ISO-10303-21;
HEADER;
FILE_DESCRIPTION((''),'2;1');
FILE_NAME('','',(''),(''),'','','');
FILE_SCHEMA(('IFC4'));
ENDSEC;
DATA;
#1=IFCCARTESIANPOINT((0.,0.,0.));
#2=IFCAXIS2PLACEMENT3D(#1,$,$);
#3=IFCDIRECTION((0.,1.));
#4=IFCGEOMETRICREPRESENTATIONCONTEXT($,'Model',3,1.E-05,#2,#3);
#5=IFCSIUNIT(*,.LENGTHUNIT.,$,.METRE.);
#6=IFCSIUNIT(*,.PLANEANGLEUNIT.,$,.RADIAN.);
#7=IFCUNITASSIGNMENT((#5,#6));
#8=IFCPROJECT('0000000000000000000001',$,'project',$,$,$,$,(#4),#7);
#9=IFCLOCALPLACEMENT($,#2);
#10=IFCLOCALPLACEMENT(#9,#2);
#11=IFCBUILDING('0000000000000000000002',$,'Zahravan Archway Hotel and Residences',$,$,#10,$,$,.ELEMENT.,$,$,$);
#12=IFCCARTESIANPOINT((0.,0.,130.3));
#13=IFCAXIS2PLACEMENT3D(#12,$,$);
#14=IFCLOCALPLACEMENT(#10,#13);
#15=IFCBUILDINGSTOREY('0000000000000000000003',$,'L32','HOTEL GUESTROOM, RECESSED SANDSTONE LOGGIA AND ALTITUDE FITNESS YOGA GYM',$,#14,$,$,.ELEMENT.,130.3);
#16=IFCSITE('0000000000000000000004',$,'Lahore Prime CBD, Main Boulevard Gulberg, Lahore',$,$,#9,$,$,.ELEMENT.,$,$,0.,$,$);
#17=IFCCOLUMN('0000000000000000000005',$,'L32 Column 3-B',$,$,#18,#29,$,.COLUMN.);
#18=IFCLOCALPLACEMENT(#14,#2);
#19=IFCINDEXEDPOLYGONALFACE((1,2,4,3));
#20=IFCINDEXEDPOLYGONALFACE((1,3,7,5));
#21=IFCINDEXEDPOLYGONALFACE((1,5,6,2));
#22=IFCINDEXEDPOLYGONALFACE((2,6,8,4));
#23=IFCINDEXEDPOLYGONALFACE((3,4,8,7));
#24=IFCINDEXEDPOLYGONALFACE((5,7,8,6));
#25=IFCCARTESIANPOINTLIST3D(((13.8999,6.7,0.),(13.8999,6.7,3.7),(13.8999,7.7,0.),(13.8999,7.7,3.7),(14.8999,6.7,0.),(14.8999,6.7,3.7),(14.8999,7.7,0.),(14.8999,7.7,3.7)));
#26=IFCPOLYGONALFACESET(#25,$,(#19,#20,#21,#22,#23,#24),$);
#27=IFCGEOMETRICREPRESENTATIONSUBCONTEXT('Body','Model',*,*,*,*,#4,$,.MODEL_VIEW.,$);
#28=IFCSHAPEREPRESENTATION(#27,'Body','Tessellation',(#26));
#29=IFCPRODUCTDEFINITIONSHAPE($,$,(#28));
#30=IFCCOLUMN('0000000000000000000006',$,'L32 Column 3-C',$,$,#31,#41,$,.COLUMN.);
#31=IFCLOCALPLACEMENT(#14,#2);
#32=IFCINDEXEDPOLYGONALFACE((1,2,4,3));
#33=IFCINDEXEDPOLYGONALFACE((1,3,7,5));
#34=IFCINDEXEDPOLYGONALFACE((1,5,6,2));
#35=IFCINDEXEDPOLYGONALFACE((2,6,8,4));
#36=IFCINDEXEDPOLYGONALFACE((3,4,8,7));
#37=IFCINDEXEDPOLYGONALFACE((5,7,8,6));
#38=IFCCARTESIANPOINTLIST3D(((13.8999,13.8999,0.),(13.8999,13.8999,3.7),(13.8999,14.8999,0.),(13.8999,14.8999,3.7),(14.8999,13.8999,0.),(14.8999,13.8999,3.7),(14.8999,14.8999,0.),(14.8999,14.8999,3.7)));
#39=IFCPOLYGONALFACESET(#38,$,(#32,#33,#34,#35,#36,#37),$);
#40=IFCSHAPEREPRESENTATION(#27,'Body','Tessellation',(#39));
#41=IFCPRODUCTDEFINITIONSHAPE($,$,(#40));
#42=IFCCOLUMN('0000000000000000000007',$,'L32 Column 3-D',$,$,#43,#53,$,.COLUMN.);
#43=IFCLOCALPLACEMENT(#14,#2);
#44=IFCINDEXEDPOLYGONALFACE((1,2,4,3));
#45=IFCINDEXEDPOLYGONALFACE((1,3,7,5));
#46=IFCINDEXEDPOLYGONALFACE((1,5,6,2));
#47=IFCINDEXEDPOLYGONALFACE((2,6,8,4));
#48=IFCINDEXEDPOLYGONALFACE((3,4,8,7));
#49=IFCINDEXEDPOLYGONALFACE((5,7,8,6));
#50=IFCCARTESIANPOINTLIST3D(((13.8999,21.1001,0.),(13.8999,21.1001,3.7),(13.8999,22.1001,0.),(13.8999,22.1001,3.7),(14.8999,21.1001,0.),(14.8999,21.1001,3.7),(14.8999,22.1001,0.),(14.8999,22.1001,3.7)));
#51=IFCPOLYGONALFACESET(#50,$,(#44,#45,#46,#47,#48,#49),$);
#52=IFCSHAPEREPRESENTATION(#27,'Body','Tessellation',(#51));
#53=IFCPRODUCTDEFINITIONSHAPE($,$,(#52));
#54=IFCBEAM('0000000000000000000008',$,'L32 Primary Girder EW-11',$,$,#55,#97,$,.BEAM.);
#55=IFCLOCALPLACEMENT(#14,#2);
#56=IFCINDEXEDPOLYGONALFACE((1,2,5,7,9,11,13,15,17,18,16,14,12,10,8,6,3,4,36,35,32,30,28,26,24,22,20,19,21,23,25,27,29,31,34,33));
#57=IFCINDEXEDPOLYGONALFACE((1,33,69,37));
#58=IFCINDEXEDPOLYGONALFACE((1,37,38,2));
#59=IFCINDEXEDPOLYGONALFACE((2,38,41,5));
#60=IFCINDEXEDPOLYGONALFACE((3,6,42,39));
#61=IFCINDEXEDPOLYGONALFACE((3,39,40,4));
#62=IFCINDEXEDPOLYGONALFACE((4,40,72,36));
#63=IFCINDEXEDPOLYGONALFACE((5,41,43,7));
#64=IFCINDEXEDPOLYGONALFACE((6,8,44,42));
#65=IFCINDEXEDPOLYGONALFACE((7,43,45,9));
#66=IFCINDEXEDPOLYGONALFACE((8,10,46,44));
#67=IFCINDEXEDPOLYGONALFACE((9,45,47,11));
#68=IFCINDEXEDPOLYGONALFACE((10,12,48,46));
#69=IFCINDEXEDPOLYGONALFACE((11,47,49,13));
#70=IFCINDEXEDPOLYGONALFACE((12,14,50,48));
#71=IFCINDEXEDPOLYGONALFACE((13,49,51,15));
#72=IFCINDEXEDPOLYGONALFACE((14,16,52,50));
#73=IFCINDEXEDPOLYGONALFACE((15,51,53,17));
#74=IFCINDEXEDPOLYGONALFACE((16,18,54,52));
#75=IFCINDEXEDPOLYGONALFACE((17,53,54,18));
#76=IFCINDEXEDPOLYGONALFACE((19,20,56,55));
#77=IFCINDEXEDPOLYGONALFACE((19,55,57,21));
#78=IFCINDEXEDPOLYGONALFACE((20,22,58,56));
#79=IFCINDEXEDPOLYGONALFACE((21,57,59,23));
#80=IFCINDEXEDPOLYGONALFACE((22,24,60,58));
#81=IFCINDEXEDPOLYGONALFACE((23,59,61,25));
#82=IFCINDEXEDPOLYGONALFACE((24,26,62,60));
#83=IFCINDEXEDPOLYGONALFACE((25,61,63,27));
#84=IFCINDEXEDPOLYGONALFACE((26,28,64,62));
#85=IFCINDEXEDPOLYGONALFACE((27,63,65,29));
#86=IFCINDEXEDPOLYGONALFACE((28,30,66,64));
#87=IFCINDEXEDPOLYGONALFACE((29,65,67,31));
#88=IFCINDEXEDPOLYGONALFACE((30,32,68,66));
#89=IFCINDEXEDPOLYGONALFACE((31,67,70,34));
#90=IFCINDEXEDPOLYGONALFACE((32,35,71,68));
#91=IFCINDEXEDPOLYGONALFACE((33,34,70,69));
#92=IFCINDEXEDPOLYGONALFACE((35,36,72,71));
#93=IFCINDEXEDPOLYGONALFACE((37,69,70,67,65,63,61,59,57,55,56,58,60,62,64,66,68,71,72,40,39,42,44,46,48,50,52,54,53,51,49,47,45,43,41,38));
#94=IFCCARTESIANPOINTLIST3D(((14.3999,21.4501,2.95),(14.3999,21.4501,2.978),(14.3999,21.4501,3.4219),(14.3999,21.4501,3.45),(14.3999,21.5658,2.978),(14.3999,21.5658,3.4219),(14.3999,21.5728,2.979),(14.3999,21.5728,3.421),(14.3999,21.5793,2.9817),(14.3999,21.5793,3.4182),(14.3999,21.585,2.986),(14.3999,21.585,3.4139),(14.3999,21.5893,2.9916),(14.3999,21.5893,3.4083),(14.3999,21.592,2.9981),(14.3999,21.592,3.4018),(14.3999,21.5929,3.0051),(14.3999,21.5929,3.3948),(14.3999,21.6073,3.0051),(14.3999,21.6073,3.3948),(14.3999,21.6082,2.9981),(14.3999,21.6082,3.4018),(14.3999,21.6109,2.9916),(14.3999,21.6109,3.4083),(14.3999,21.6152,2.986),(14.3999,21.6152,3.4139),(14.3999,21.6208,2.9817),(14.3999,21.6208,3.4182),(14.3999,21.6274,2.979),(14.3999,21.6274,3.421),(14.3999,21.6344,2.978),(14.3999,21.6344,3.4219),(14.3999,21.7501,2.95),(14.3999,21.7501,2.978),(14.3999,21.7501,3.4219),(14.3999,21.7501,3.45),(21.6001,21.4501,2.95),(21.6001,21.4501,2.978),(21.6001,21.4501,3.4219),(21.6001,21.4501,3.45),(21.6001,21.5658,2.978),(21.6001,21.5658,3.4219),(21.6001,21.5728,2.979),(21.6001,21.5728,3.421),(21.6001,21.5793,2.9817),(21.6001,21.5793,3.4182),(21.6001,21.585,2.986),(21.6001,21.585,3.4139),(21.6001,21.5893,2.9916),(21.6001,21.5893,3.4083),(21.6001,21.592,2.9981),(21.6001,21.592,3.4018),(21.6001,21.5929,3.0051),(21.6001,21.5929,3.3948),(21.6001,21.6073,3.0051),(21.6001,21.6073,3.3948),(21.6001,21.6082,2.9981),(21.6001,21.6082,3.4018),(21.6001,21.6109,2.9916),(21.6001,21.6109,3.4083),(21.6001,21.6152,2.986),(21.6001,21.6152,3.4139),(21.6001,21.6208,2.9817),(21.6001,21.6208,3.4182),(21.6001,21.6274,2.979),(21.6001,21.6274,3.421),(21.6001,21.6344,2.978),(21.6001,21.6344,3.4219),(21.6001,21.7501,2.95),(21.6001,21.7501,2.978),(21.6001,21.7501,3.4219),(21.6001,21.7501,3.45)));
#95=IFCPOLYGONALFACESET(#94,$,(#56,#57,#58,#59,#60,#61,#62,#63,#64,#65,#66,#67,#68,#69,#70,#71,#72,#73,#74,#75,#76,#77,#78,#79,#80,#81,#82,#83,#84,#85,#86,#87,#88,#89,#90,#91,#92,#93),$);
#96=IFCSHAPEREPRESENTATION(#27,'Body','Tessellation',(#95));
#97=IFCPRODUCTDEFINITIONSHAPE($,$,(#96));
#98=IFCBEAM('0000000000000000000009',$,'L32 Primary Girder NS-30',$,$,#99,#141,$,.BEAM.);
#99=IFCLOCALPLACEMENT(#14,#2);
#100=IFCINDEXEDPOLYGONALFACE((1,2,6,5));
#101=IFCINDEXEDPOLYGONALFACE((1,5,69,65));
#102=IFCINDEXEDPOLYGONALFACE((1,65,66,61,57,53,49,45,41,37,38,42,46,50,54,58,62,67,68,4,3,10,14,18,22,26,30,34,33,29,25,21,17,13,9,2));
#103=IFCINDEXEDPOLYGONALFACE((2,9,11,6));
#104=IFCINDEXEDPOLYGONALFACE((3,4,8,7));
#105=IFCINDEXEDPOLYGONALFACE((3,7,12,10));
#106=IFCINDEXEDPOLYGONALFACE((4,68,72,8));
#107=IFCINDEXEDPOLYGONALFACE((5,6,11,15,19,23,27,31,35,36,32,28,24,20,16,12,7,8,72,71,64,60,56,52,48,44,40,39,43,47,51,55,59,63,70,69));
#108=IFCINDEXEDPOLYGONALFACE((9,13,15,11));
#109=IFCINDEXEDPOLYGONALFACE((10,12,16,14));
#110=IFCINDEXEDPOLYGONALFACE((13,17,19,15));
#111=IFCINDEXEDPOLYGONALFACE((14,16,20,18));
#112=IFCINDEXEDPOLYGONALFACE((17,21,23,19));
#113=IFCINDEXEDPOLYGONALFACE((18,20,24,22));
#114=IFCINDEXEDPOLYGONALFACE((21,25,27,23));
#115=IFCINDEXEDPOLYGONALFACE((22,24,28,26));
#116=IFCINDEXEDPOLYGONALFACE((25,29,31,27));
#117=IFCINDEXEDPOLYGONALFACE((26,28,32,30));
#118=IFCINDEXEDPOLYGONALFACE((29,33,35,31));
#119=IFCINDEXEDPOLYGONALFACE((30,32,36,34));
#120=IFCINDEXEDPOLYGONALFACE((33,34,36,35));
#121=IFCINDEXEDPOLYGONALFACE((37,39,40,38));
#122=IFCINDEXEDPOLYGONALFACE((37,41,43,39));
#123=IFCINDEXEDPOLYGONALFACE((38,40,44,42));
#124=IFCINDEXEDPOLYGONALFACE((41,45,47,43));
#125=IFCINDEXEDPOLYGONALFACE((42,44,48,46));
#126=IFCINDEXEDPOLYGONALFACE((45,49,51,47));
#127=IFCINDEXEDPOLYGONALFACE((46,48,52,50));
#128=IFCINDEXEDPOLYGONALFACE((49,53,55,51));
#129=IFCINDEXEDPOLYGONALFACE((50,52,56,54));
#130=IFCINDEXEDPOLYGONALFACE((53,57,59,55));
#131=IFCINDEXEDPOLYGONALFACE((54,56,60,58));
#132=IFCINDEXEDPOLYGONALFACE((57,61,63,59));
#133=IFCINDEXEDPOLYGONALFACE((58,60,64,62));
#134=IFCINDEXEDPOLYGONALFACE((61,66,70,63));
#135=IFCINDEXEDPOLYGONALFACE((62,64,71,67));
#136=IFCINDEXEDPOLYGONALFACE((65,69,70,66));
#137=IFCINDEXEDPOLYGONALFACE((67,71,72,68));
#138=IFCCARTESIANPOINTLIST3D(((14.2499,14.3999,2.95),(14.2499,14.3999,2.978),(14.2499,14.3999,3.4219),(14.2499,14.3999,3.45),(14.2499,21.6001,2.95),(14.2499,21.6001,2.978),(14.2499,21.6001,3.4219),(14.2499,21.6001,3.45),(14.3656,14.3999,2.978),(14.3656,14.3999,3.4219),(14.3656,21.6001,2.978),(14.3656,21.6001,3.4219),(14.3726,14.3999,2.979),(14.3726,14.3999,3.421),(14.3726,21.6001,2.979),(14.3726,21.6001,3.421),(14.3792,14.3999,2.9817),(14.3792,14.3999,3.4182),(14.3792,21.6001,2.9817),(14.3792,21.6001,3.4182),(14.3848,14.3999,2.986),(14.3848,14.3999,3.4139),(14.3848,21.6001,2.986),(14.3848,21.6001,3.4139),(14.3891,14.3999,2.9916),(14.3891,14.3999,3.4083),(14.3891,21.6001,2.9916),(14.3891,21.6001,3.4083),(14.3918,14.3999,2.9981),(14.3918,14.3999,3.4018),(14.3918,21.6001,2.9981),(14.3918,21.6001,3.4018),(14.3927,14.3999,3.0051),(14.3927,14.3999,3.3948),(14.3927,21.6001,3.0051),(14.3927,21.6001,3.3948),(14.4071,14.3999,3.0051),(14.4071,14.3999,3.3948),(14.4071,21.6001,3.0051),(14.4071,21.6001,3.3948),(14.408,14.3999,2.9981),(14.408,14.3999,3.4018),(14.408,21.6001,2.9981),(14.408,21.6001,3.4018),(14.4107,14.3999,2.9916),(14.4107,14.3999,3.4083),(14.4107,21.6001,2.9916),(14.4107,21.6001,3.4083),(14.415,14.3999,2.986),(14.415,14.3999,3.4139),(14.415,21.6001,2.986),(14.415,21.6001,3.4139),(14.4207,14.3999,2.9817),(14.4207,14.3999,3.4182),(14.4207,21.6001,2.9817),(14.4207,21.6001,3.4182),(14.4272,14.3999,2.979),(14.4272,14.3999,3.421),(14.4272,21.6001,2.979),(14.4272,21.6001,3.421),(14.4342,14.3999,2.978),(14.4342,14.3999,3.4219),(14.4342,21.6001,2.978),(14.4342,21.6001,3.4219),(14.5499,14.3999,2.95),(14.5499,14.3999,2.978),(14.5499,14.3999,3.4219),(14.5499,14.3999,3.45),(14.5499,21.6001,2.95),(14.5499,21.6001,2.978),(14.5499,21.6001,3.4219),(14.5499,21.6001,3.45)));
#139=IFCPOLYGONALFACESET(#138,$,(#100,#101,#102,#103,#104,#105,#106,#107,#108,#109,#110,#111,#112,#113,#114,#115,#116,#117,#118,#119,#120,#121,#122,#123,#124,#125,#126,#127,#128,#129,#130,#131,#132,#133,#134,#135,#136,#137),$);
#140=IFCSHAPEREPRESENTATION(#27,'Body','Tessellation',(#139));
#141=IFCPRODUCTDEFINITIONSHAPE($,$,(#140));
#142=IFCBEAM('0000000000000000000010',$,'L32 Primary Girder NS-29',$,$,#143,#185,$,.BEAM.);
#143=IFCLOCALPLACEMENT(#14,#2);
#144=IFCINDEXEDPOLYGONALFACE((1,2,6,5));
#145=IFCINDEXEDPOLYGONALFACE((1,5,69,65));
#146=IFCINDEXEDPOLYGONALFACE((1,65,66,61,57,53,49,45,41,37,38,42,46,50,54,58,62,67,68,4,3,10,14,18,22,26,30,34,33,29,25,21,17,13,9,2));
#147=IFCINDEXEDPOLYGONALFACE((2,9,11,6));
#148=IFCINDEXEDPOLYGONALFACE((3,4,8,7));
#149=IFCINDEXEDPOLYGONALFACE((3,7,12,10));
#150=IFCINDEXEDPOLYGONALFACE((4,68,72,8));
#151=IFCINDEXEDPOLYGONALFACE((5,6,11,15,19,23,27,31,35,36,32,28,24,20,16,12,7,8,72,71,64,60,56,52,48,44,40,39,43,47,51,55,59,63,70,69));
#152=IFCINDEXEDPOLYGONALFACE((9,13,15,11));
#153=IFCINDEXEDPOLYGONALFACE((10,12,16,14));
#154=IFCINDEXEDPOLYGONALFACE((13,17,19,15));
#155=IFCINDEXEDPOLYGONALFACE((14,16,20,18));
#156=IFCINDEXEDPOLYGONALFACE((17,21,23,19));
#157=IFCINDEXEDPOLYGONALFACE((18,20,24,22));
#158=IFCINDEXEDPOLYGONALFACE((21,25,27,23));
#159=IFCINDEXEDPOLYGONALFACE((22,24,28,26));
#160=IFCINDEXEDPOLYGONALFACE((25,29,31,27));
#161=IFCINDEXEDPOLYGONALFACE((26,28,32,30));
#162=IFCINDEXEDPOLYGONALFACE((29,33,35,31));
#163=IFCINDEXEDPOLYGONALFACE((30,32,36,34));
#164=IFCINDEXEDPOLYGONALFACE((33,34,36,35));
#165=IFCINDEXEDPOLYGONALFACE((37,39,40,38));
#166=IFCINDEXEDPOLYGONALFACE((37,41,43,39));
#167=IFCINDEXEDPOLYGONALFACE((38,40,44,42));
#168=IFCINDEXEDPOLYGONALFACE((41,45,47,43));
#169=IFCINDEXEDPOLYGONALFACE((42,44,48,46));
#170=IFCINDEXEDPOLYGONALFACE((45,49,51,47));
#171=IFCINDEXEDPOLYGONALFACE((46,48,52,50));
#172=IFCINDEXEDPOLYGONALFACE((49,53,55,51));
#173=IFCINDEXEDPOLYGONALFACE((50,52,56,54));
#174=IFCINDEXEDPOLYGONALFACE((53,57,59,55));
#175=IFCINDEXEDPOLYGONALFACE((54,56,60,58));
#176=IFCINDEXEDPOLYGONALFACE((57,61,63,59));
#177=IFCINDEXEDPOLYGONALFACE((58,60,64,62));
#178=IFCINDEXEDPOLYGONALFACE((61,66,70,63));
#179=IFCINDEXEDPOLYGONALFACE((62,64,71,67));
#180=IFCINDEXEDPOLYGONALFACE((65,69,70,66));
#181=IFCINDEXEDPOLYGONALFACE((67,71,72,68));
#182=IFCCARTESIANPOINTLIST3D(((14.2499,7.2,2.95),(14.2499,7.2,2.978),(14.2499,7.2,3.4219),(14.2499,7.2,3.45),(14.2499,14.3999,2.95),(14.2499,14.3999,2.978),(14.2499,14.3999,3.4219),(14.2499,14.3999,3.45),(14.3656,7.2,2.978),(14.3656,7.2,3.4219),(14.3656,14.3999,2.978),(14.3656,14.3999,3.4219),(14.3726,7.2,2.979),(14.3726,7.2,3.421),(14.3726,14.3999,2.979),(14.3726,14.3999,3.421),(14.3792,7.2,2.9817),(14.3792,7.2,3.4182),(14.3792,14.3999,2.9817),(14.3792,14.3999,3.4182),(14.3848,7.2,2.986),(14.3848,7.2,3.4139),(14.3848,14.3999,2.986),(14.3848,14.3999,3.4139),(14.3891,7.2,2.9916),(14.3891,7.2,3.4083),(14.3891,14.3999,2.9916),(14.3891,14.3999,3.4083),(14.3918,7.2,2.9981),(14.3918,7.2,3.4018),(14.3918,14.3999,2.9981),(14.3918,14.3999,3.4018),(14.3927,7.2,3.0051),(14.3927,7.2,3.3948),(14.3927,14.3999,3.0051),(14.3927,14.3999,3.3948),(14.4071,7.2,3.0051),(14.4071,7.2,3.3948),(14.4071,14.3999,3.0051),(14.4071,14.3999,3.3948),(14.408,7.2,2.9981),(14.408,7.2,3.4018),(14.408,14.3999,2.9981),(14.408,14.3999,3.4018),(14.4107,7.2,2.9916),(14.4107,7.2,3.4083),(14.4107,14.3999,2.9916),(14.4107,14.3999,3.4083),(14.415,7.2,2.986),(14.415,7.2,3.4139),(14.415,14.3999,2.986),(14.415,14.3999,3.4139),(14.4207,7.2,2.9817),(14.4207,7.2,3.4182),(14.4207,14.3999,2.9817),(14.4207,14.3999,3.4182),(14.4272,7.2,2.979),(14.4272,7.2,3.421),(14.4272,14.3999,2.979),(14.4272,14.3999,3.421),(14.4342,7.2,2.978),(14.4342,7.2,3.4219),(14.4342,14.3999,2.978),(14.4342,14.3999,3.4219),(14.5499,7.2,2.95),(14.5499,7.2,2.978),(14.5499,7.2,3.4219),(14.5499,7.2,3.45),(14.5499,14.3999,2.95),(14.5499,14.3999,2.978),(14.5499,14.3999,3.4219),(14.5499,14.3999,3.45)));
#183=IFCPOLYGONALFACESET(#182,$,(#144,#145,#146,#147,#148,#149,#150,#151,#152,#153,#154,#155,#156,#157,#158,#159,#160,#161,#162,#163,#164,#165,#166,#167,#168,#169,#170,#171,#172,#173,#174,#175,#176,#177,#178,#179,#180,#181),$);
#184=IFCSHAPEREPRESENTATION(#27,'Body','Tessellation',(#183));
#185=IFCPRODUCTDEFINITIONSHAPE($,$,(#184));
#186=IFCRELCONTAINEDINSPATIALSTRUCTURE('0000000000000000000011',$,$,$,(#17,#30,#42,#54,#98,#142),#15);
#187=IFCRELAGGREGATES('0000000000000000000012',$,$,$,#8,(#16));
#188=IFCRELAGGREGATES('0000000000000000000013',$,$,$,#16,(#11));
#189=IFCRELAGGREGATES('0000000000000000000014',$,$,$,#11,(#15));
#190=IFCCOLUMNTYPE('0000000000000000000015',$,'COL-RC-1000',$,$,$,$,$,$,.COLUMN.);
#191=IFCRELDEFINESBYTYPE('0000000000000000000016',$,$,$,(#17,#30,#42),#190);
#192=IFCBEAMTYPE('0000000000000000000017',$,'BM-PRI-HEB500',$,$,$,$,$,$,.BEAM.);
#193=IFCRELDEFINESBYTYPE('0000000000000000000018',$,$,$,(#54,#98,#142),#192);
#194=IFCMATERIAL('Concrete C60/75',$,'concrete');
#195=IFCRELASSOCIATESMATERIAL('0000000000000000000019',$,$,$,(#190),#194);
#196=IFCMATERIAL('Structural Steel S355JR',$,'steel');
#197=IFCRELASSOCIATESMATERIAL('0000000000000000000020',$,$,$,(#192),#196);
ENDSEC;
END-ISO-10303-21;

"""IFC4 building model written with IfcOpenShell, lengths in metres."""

from ifc_helpers import new_model, si_unit, direction, frame, origin, origin_2d, place, context, subcontext, project, spatial, rectangle, i_section, extrude, source, transform, mapped, material, material_profile, profile_set, type_object, type_shapes, element, save


model = new_model("IFC4")

# Units and contexts
model_context = context("Model", 3, precision=1e-05, world=origin(), true_north=direction((0.0, 1.0)))
body_context = subcontext(model_context, "Body", "Model", "MODEL_VIEW")
ifc_project = project(units=[si_unit("LENGTHUNIT", "METRE"), si_unit("PLANEANGLEUNIT", "RADIAN")], contexts=[model_context])

# Site, building, storey
site_placement = place(None, origin())
site = spatial("IfcSite", under=ifc_project, at=site_placement, Name="Lahore Prime CBD, Main Boulevard Gulberg, Lahore", CompositionType="ELEMENT", RefElevation=0.0)
building_placement = place(site_placement, origin())
building = spatial("IfcBuilding", under=site, at=building_placement, Name="Zahravan Archway Hotel and Residences", CompositionType="ELEMENT")
storey_placement = place(building_placement, frame((0.0, 0.0, 130.3)))
storey = spatial("IfcBuildingStorey", under=building, at=storey_placement, Name="L32", Description="HOTEL GUESTROOM, RECESSED SANDSTONE LOGGIA AND ALTITUDE FITNESS YOGA GYM", CompositionType="ELEMENT", Elevation=130.3)

# Columns
ifc_material_1 = material(Name="Concrete C60/75", Category="concrete")
ifc_material_profile_1 = material_profile(ifc_material_1, rectangle(XDim=1.0, YDim=1.0, at=origin_2d()), Name="RC-COL-1000x1000", Category="concrete")
ifc_profile_set_1 = profile_set([ifc_material_profile_1], Name="Concrete C60/75")
column_type = type_object("IfcColumnType", Name="COL-RC-1000", PredefinedType="COLUMN", material=ifc_profile_set_1)
shared_shape_1 = source(origin(), body_context, "Body", "SweptSolid", [
    extrude(rectangle(XDim=1.0, YDim=1.0, at=origin_2d()), origin(), (0.0, 0.0, 1.0), 3.7),
])
type_shapes(column_type, [shared_shape_1])
for number, where, z_axis, x_axis, name in (
    (1, (14.3999, 7.2, 0.0), (0.0, 0.0, 1.0), (1.0, 0.0, 0.0), "L32 Column 3-B"),
    (2, (14.3999, 14.3999, 0.0), (0.0, 0.0, 1.0), (1.0, 0.0, 0.0), "L32 Column 3-C"),
    (3, (14.3999, 21.6001, 0.0), (0.0, 0.0, 1.0), (1.0, 0.0, 0.0), "L32 Column 3-D"),
):
    element("IfcColumn", number, at=place(storey_placement, frame(where, z_axis=z_axis, x_axis=x_axis)), inside=storey, type_object=column_type, Name=name, PredefinedType="COLUMN", context=body_context, shape_type="MappedRepresentation", body=[
        mapped(shared_shape_1, transform((0.0, 0.0, 0.0), scale=1.0)),
    ])

# Beams
ifc_material_2 = material(Name="Structural Steel S355JR", Category="steel")
ifc_material_profile_2 = material_profile(ifc_material_2, i_section(OverallWidth=0.3, OverallDepth=0.5, WebThickness=0.0144, FlangeThickness=0.0281, FilletRadius=0.0271, at=origin_2d()), Name="HEB 500", Category="steel")
ifc_profile_set_2 = profile_set([ifc_material_profile_2], Name="Structural Steel S355JR")
beam_type = type_object("IfcBeamType", Name="BM-PRI-HEB500", PredefinedType="BEAM", material=ifc_profile_set_2)
shared_shape_2 = source(origin(), body_context, "Body", "SweptSolid", [
    extrude(i_section(OverallWidth=0.3, OverallDepth=0.5, WebThickness=0.0144, FlangeThickness=0.0281, FilletRadius=0.0271, at=origin_2d()), origin(), (0.0, 0.0, 1.0), 7.2002),
])
type_shapes(beam_type, [shared_shape_2])
for number, where, z_axis, x_axis, name in (
    (4, (14.3999, 21.6001, 3.2), (1.0, 0.0, 0.0), (0.0, 1.0, 0.0), "L32 Primary Girder EW-11"),
    (5, (14.3999, 14.3999, 3.2), (0.0, 1.0, 0.0), (-1.0, 0.0, 0.0), "L32 Primary Girder NS-30"),
):
    element("IfcBeam", number, at=place(storey_placement, frame(where, z_axis=z_axis, x_axis=x_axis)), inside=storey, type_object=beam_type, Name=name, PredefinedType="BEAM", context=body_context, shape_type="MappedRepresentation", body=[
        mapped(shared_shape_2, transform((0.0, 0.0, 0.0), scale=1.0)),
    ])
shared_shape_3 = source(origin(), body_context, "Body", "SweptSolid", [
    extrude(i_section(OverallWidth=0.3, OverallDepth=0.5, WebThickness=0.0144, FlangeThickness=0.0281, FilletRadius=0.0271, at=origin_2d()), origin(), (0.0, 0.0, 1.0), 7.2),
])
beam_placement = place(storey_placement, frame((14.3999, 7.2, 3.2), z_axis=(0.0, 1.0, 0.0), x_axis=(-1.0, 0.0, 0.0)))
element("IfcBeam", 6, at=beam_placement, inside=storey, type_object=beam_type, Name="L32 Primary Girder NS-29", PredefinedType="BEAM", context=body_context, shape_type="MappedRepresentation", body=[
    mapped(shared_shape_3, transform((0.0, 0.0, 0.0), scale=1.0)),
])

save(model, "model.ifc")
